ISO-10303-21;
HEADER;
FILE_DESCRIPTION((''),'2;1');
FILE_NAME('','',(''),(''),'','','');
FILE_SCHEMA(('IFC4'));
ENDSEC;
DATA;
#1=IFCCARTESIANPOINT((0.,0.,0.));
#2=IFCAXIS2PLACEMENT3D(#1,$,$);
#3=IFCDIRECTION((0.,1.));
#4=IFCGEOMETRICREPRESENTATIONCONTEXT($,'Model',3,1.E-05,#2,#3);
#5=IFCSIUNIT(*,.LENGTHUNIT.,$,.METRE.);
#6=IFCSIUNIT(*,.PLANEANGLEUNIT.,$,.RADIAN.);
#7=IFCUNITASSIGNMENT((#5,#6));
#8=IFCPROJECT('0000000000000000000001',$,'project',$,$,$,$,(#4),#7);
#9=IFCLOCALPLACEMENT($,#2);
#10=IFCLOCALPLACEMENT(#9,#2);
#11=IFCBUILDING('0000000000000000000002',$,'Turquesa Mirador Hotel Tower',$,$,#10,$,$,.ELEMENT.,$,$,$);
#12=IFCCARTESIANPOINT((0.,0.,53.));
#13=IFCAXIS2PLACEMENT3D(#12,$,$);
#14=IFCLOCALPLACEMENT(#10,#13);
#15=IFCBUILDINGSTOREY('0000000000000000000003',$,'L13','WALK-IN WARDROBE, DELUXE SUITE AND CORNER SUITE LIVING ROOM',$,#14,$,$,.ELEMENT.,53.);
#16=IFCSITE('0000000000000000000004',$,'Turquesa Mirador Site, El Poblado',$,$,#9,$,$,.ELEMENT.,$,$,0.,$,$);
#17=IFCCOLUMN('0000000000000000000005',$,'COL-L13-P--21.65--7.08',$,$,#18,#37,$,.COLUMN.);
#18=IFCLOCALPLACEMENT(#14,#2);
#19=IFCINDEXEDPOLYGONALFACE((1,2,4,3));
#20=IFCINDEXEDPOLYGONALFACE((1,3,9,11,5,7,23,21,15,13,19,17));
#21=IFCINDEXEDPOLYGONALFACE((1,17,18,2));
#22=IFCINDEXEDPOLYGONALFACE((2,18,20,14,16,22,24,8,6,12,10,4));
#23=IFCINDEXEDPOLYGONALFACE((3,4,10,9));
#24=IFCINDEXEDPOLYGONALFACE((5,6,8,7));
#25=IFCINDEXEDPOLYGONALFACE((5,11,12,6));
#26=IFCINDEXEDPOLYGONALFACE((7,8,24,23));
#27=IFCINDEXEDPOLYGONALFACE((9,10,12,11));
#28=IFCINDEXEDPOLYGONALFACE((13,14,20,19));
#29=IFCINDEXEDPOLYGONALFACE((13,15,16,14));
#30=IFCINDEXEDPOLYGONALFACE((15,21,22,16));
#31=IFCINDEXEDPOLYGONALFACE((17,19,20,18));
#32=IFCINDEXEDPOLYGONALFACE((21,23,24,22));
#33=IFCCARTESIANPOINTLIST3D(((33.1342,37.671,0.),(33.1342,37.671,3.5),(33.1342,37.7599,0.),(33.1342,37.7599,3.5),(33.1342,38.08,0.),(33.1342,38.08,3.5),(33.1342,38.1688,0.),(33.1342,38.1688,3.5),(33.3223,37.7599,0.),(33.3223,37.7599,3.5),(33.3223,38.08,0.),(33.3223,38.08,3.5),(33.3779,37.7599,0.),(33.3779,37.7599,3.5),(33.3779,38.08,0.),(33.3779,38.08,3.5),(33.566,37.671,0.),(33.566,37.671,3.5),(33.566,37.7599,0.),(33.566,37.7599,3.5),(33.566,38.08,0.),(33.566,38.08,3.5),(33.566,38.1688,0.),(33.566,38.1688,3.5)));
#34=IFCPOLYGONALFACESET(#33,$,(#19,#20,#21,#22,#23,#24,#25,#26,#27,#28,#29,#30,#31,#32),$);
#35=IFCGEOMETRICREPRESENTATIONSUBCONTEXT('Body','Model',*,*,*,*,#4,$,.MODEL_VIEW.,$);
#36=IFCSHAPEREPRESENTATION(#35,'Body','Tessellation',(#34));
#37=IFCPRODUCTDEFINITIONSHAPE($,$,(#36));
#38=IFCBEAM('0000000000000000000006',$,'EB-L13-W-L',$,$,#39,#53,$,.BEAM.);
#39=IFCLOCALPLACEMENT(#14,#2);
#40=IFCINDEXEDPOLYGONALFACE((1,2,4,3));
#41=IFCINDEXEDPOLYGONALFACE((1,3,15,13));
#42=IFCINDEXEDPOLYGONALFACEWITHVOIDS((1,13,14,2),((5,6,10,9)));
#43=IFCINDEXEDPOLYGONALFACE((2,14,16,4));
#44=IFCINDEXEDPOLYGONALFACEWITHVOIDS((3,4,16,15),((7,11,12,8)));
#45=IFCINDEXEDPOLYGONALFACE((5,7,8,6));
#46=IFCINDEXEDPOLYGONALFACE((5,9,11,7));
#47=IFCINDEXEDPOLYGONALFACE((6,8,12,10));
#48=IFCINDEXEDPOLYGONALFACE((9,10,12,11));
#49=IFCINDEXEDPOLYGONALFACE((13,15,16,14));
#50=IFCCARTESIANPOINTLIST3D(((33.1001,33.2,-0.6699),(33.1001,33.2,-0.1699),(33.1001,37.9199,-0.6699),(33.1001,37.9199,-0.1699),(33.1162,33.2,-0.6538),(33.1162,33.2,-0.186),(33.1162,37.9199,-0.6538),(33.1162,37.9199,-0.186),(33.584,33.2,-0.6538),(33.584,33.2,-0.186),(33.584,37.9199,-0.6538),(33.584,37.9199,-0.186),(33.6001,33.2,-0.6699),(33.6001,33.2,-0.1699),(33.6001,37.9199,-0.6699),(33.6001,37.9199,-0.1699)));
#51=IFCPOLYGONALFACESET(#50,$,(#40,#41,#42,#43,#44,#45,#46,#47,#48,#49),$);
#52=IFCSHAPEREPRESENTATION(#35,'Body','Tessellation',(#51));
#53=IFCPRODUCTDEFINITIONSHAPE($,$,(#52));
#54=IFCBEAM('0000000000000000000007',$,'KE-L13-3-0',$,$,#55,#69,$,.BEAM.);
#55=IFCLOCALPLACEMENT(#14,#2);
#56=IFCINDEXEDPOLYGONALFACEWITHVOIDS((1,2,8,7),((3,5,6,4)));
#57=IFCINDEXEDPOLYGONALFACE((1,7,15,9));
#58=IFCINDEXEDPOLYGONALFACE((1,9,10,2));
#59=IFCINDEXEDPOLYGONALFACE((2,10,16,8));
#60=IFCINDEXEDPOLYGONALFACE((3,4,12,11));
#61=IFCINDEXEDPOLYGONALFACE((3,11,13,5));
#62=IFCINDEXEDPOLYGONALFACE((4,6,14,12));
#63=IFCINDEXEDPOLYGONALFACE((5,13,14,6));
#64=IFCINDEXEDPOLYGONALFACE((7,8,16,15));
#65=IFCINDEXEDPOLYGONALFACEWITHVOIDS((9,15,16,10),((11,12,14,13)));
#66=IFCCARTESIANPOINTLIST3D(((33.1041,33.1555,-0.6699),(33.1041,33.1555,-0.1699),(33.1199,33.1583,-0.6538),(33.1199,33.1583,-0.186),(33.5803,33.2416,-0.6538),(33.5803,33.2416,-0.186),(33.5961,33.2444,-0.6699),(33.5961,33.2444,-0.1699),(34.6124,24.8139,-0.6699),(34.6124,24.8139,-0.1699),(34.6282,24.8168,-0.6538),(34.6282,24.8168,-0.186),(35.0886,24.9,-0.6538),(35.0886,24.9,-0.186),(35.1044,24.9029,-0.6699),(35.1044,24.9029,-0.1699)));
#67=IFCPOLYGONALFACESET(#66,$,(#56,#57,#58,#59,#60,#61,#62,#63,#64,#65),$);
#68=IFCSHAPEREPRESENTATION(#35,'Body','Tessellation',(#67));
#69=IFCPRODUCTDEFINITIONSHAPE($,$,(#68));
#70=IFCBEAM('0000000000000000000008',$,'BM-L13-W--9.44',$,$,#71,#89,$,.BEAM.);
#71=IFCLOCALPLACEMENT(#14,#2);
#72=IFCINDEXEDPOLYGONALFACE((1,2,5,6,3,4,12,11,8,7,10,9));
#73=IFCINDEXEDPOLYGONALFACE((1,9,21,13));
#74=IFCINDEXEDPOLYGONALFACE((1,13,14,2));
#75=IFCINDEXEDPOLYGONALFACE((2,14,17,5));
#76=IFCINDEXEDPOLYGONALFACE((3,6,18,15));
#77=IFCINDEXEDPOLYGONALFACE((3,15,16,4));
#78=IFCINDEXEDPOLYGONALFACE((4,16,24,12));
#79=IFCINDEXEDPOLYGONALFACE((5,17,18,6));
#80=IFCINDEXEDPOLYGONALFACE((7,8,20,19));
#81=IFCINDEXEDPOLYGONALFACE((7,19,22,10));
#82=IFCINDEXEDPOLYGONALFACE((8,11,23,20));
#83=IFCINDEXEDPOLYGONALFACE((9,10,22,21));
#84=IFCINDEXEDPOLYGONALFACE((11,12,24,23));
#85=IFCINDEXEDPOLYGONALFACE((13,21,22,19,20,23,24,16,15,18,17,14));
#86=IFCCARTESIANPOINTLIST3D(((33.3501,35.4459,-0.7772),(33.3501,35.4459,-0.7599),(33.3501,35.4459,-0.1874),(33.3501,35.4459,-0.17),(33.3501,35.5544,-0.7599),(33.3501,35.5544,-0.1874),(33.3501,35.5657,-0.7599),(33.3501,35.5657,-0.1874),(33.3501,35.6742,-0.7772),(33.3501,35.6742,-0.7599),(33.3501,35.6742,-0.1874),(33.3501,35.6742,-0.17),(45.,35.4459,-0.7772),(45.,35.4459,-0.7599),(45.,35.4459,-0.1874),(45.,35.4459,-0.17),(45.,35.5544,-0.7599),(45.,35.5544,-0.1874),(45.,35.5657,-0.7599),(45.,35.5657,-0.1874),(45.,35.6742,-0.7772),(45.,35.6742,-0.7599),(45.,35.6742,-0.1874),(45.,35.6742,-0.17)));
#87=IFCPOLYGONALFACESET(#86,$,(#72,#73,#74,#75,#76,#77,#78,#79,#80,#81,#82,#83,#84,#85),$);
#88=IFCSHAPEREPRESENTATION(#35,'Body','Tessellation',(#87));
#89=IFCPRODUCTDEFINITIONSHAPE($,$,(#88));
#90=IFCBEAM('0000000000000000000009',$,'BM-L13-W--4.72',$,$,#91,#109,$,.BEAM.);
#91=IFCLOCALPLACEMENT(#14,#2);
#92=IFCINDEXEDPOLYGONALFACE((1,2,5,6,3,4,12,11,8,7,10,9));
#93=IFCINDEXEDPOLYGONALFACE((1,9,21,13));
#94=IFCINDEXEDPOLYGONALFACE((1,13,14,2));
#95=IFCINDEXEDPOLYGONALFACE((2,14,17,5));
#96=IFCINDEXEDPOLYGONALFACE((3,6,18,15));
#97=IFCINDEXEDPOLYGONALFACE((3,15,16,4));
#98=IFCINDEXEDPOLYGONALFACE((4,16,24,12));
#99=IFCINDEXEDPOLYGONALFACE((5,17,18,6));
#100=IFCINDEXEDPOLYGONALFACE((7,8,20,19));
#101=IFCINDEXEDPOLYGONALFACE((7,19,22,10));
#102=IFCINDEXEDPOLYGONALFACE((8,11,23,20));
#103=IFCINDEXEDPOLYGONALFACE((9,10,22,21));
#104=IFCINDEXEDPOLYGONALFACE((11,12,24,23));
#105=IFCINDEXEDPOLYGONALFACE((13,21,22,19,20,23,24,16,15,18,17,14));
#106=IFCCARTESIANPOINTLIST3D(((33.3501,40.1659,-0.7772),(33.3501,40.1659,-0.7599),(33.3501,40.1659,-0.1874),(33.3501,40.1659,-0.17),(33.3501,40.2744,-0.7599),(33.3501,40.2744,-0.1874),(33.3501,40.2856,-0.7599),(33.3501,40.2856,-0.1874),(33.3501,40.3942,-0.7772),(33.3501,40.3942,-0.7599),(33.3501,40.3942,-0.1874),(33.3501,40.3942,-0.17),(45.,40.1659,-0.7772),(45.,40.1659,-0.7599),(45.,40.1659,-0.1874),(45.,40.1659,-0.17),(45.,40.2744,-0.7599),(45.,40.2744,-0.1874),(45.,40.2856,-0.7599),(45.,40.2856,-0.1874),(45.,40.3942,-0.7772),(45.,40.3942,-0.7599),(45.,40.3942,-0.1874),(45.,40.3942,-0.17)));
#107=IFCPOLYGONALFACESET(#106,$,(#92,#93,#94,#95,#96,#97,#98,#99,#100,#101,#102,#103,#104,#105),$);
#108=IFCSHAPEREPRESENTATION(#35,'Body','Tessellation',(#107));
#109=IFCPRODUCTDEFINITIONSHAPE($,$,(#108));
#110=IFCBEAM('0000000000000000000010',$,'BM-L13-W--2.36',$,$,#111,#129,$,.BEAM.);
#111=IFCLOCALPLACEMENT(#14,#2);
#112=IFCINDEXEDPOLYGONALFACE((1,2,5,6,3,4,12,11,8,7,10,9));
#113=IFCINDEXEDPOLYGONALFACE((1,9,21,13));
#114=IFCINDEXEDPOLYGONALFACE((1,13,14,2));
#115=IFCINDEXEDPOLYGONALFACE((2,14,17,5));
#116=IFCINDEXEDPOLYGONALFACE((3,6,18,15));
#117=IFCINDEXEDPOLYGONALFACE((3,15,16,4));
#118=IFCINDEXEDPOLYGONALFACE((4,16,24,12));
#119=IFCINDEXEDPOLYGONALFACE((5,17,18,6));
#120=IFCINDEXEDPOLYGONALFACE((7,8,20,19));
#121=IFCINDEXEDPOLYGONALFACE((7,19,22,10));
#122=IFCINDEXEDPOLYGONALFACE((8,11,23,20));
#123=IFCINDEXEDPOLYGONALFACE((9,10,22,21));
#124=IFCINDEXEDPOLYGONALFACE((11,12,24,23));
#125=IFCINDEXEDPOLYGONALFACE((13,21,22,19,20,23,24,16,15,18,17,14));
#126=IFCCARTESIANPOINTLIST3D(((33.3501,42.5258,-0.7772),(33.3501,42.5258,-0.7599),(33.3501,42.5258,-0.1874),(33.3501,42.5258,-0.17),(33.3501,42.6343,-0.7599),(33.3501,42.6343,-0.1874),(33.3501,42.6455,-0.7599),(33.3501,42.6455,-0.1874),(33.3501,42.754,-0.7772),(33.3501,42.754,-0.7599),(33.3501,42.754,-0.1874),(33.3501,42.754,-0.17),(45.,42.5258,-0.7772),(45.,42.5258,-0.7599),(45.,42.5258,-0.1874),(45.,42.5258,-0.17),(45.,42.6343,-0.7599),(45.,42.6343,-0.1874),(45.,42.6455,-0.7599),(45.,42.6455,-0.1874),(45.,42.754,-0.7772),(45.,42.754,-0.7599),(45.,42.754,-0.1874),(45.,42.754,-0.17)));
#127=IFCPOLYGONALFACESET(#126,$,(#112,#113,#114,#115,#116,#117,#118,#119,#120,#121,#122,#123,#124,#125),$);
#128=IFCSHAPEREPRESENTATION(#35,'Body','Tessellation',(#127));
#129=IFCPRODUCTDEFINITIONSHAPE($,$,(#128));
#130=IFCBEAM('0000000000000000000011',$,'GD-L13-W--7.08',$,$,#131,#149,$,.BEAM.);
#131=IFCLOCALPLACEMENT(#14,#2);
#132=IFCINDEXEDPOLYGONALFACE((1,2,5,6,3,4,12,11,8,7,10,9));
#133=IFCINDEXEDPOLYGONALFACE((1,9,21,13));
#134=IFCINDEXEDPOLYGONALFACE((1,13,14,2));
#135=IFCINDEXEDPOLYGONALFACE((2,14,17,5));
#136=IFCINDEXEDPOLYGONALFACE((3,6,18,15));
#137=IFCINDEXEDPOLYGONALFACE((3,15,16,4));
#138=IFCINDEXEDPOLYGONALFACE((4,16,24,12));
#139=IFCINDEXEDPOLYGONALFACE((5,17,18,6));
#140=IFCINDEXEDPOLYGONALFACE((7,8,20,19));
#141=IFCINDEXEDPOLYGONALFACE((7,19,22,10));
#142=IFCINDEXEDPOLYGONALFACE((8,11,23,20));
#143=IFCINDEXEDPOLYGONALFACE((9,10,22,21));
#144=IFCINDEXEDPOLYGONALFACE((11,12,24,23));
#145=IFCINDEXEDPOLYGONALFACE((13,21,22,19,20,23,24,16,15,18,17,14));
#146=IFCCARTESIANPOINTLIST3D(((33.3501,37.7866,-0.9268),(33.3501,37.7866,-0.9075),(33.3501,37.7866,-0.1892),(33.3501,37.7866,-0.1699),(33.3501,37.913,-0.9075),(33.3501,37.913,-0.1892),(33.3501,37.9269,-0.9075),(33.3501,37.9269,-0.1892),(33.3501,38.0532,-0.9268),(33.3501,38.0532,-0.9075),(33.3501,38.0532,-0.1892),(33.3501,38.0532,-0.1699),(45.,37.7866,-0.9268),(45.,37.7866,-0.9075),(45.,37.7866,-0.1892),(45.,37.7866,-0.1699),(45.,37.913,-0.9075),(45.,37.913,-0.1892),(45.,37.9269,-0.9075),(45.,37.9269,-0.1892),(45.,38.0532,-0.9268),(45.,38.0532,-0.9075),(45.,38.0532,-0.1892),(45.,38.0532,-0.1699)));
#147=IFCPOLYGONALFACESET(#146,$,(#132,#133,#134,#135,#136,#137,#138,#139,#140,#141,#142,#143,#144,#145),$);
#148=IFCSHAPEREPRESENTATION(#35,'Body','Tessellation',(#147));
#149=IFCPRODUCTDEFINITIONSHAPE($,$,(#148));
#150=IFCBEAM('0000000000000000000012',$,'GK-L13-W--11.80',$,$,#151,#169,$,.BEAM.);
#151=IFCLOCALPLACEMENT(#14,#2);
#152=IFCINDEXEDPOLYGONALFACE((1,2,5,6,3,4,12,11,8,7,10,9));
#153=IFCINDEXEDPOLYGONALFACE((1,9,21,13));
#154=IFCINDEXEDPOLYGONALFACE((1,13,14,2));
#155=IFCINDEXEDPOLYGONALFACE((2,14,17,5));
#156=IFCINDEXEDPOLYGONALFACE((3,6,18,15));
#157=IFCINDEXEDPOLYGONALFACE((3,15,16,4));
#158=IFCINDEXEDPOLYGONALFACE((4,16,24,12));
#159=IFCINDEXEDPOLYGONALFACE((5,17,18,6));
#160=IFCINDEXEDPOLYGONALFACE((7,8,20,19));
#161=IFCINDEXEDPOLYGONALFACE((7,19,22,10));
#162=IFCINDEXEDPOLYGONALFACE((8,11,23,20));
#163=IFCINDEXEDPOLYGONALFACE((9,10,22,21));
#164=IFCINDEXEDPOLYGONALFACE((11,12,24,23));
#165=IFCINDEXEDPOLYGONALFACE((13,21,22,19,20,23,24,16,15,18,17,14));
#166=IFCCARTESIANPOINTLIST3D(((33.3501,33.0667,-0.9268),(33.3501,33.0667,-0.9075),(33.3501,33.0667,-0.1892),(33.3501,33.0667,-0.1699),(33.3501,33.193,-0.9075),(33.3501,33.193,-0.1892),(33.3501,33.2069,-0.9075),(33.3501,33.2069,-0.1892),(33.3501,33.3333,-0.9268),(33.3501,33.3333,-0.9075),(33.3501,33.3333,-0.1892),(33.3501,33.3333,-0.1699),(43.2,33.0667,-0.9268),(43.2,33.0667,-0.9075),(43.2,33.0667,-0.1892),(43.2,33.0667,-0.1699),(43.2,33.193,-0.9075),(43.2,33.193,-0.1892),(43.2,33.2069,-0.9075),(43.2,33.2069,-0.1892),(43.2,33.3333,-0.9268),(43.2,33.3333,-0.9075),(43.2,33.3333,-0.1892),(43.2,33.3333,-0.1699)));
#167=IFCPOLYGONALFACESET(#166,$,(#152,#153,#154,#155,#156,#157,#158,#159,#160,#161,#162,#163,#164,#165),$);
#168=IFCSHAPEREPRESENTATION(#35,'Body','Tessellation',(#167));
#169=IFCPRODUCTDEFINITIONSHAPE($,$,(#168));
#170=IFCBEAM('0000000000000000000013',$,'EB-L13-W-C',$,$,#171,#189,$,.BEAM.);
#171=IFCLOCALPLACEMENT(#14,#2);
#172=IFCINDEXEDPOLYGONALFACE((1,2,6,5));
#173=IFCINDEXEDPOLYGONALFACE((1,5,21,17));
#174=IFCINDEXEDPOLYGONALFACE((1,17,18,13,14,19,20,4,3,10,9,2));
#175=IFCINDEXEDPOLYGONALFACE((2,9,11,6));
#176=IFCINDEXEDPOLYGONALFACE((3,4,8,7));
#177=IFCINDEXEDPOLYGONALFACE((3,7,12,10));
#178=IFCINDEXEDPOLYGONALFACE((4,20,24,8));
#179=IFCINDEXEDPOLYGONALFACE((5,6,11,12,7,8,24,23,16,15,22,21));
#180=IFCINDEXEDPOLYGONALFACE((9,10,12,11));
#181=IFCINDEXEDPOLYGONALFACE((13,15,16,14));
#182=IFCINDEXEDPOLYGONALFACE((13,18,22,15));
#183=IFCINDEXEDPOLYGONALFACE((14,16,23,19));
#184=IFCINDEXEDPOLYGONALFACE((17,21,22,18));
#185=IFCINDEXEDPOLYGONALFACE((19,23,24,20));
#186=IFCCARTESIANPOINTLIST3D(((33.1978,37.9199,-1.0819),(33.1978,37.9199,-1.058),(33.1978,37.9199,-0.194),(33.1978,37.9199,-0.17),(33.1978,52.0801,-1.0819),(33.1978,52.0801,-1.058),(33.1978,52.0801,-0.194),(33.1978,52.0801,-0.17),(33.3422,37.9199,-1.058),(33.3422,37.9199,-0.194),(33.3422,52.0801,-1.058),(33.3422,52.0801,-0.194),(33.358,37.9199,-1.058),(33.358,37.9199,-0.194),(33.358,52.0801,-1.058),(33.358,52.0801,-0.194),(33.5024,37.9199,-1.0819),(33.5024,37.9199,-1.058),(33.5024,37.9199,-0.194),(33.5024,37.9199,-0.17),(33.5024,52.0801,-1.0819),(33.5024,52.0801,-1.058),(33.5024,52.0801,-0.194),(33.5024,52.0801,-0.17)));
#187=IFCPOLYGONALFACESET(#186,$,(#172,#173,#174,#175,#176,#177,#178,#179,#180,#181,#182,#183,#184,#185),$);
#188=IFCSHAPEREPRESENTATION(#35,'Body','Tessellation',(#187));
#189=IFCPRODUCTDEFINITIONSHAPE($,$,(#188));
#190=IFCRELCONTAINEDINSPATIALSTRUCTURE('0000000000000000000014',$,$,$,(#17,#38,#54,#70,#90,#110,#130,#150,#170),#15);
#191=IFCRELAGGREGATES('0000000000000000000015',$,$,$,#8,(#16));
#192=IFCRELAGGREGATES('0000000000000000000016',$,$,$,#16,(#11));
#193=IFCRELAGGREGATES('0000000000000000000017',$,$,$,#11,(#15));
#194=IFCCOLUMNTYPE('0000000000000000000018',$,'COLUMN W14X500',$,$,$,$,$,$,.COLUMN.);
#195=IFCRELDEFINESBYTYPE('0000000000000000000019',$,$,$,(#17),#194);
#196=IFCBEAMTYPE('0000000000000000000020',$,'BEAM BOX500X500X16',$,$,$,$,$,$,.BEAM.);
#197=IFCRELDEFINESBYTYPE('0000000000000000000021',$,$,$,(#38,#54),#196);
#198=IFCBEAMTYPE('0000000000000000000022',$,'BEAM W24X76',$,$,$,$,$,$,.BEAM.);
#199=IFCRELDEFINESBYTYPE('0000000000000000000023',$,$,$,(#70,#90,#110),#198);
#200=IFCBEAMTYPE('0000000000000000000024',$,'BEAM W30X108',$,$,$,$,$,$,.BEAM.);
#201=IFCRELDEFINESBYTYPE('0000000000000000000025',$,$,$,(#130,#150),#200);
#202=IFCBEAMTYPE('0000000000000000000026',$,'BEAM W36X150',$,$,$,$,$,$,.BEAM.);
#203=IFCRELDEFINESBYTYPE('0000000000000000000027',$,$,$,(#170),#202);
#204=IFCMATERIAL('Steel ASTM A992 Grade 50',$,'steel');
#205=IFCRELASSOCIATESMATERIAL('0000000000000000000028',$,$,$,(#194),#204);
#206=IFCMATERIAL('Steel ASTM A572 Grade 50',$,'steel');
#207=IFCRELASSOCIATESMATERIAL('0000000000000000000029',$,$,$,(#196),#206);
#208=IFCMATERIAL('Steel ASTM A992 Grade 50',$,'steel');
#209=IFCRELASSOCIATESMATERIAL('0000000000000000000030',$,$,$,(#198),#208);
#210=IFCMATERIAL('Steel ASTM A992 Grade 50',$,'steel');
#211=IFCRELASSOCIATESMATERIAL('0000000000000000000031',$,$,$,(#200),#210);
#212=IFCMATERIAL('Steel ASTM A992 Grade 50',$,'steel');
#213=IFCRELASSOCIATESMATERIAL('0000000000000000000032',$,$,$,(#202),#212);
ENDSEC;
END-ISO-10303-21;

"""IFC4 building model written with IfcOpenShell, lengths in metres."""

from ifc_helpers import new_model, si_unit, direction, frame, origin, origin_2d, place, context, subcontext, project, spatial, hollow_rectangle, i_section, extrude, material, material_profile, profile_set, type_object, element, save


model = new_model("IFC4")

# Units and contexts
model_context = context("Model", 3, precision=1e-05, world=origin(), true_north=direction((0.0, 1.0)))
body_context = subcontext(model_context, "Body", "Model", "MODEL_VIEW")
ifc_project = project(units=[si_unit("LENGTHUNIT", "METRE"), si_unit("PLANEANGLEUNIT", "RADIAN")], contexts=[model_context])

# Site, building, storey
site_placement = place(None, origin())
site = spatial("IfcSite", under=ifc_project, at=site_placement, Name="Turquesa Mirador Site, El Poblado", CompositionType="ELEMENT", RefElevation=0.0)
building_placement = place(site_placement, origin())
building = spatial("IfcBuilding", under=site, at=building_placement, Name="Turquesa Mirador Hotel Tower", CompositionType="ELEMENT")
storey_placement = place(building_placement, frame((0.0, 0.0, 53.0)))
storey = spatial("IfcBuildingStorey", under=building, at=storey_placement, Name="L13", Description="WALK-IN WARDROBE, DELUXE SUITE AND CORNER SUITE LIVING ROOM", CompositionType="ELEMENT", Elevation=53.0)

# Column
ifc_material_1 = material(Name="Steel ASTM A992 Grade 50", Category="steel")
ifc_material_profile_1 = material_profile(ifc_material_1, i_section(OverallWidth=0.4319, OverallDepth=0.4978, WebThickness=0.0557, FlangeThickness=0.0889, at=origin_2d()), Name="W14X500")
ifc_profile_set_1 = profile_set([ifc_material_profile_1], Name="Steel ASTM A992 Grade 50")
column_type = type_object("IfcColumnType", Name="COLUMN W14X500", PredefinedType="COLUMN", material=ifc_profile_set_1)
column_placement = place(storey_placement, frame((33.3501, 37.9199, 0.0), z_axis=(0.0, 0.0, 1.0), x_axis=(1.0, 0.0, 0.0)))
element("IfcColumn", 1, at=column_placement, inside=storey, type_object=column_type, Name="COL-L13-P--21.65--7.08", PredefinedType="COLUMN", context=body_context, shape_type="SweptSolid", body=[
    extrude(i_section(OverallWidth=0.4319, OverallDepth=0.4978, WebThickness=0.0557, FlangeThickness=0.0889, at=origin_2d()), origin(), (0.0, 0.0, 1.0), 3.5),
])

# Beams
ifc_material_2 = material(Name="Steel ASTM A572 Grade 50", Category="steel")
ifc_material_profile_2 = material_profile(ifc_material_2, hollow_rectangle(XDim=0.5, YDim=0.5, WallThickness=0.0161, at=origin_2d()), Name="BOX500X500X16")
ifc_profile_set_2 = profile_set([ifc_material_profile_2], Name="Steel ASTM A572 Grade 50")
beam_type_1 = type_object("IfcBeamType", Name="BEAM BOX500X500X16", PredefinedType="BEAM", material=ifc_profile_set_2)
beam_1_placement = place(storey_placement, frame((33.3501, 33.2, -0.4199), z_axis=(0.0, 1.0, 0.0), x_axis=(-1.0, 0.0, 0.0)))
element("IfcBeam", 2, at=beam_1_placement, inside=storey, type_object=beam_type_1, Name="EB-L13-W-L", PredefinedType="BEAM", context=body_context, shape_type="SweptSolid", body=[
    extrude(hollow_rectangle(XDim=0.5, YDim=0.5, WallThickness=0.0161, at=origin_2d()), origin(), (0.0, 0.0, 1.0), 4.72),
])
beam_2_placement = place(storey_placement, frame((33.3501, 33.2, -0.4199), z_axis=(0.177932, -0.984043, 0.0), x_axis=(0.984043, 0.177932, 0.0)))
element("IfcBeam", 3, at=beam_2_placement, inside=storey, type_object=beam_type_1, Name="KE-L13-3-0", PredefinedType="BEAM", context=body_context, shape_type="SweptSolid", body=[
    extrude(hollow_rectangle(XDim=0.5, YDim=0.5, WallThickness=0.0161, at=origin_2d()), origin(), (0.0, 0.0, 1.0), 8.4768),
])
ifc_material_3 = material(Name="Steel ASTM A992 Grade 50", Category="steel")
ifc_material_profile_3 = material_profile(ifc_material_3, i_section(OverallWidth=0.2283, OverallDepth=0.6072, WebThickness=0.0112, FlangeThickness=0.0173, at=origin_2d()), Name="W24X76")
ifc_profile_set_3 = profile_set([ifc_material_profile_3], Name="Steel ASTM A992 Grade 50")
beam_type_2 = type_object("IfcBeamType", Name="BEAM W24X76", PredefinedType="BEAM", material=ifc_profile_set_3)
for number, where, z_axis, x_axis, name in (
    (4, (33.3501, 35.5601, -0.4736), (1.0, 0.0, 0.0), (0.0, 1.0, 0.0), "BM-L13-W--9.44"),
    (5, (33.3501, 40.28, -0.4736), (1.0, 0.0, 0.0), (0.0, 1.0, 0.0), "BM-L13-W--4.72"),
    (6, (33.3501, 42.6399, -0.4736), (1.0, 0.0, 0.0), (0.0, 1.0, 0.0), "BM-L13-W--2.36"),
):
    element("IfcBeam", number, at=place(storey_placement, frame(where, z_axis=z_axis, x_axis=x_axis)), inside=storey, type_object=beam_type_2, Name=name, PredefinedType="BEAM", context=body_context, shape_type="SweptSolid", body=[
        extrude(i_section(OverallWidth=0.2283, OverallDepth=0.6072, WebThickness=0.0112, FlangeThickness=0.0173, at=origin_2d()), origin(), (0.0, 0.0, 1.0), 11.6499),
    ])
ifc_material_4 = material(Name="Steel ASTM A992 Grade 50", Category="steel")
ifc_material_profile_4 = material_profile(ifc_material_4, i_section(OverallWidth=0.2666, OverallDepth=0.7568, WebThickness=0.0139, FlangeThickness=0.0193, at=origin_2d()), Name="W30X108")
ifc_profile_set_4 = profile_set([ifc_material_profile_4], Name="Steel ASTM A992 Grade 50")
beam_type_3 = type_object("IfcBeamType", Name="BEAM W30X108", PredefinedType="BEAM", material=ifc_profile_set_4)
beam_3_placement = place(storey_placement, frame((33.3501, 37.9199, -0.5483), z_axis=(1.0, 0.0, 0.0), x_axis=(0.0, 1.0, 0.0)))
element("IfcBeam", 7, at=beam_3_placement, inside=storey, type_object=beam_type_3, Name="GD-L13-W--7.08", PredefinedType="BEAM", context=body_context, shape_type="SweptSolid", body=[
    extrude(i_section(OverallWidth=0.2666, OverallDepth=0.7568, WebThickness=0.0139, FlangeThickness=0.0193, at=origin_2d()), origin(), (0.0, 0.0, 1.0), 11.6499),
])
beam_4_placement = place(storey_placement, frame((33.3501, 33.2, -0.5483), z_axis=(1.0, 0.0, 0.0), x_axis=(0.0, 1.0, 0.0)))
element("IfcBeam", 8, at=beam_4_placement, inside=storey, type_object=beam_type_3, Name="GK-L13-W--11.80", PredefinedType="BEAM", context=body_context, shape_type="SweptSolid", body=[
    extrude(i_section(OverallWidth=0.2666, OverallDepth=0.7568, WebThickness=0.0139, FlangeThickness=0.0193, at=origin_2d()), origin(), (0.0, 0.0, 1.0), 9.8499),
])
ifc_material_5 = material(Name="Steel ASTM A992 Grade 50", Category="steel")
ifc_material_profile_5 = material_profile(ifc_material_5, i_section(OverallWidth=0.3047, OverallDepth=0.9119, WebThickness=0.0159, FlangeThickness=0.0239, at=origin_2d()), Name="W36X150")
ifc_profile_set_5 = profile_set([ifc_material_profile_5], Name="Steel ASTM A992 Grade 50")
beam_type_4 = type_object("IfcBeamType", Name="BEAM W36X150", PredefinedType="BEAM", material=ifc_profile_set_5)
beam_5_placement = place(storey_placement, frame((33.3501, 37.9199, -0.626), z_axis=(0.0, 1.0, 0.0), x_axis=(-1.0, 0.0, 0.0)))
element("IfcBeam", 9, at=beam_5_placement, inside=storey, type_object=beam_type_4, Name="EB-L13-W-C", PredefinedType="BEAM", context=body_context, shape_type="SweptSolid", body=[
    extrude(i_section(OverallWidth=0.3047, OverallDepth=0.9119, WebThickness=0.0159, FlangeThickness=0.0239, at=origin_2d()), origin(), (0.0, 0.0, 1.0), 14.1602),
])

save(model, "model.ifc")
